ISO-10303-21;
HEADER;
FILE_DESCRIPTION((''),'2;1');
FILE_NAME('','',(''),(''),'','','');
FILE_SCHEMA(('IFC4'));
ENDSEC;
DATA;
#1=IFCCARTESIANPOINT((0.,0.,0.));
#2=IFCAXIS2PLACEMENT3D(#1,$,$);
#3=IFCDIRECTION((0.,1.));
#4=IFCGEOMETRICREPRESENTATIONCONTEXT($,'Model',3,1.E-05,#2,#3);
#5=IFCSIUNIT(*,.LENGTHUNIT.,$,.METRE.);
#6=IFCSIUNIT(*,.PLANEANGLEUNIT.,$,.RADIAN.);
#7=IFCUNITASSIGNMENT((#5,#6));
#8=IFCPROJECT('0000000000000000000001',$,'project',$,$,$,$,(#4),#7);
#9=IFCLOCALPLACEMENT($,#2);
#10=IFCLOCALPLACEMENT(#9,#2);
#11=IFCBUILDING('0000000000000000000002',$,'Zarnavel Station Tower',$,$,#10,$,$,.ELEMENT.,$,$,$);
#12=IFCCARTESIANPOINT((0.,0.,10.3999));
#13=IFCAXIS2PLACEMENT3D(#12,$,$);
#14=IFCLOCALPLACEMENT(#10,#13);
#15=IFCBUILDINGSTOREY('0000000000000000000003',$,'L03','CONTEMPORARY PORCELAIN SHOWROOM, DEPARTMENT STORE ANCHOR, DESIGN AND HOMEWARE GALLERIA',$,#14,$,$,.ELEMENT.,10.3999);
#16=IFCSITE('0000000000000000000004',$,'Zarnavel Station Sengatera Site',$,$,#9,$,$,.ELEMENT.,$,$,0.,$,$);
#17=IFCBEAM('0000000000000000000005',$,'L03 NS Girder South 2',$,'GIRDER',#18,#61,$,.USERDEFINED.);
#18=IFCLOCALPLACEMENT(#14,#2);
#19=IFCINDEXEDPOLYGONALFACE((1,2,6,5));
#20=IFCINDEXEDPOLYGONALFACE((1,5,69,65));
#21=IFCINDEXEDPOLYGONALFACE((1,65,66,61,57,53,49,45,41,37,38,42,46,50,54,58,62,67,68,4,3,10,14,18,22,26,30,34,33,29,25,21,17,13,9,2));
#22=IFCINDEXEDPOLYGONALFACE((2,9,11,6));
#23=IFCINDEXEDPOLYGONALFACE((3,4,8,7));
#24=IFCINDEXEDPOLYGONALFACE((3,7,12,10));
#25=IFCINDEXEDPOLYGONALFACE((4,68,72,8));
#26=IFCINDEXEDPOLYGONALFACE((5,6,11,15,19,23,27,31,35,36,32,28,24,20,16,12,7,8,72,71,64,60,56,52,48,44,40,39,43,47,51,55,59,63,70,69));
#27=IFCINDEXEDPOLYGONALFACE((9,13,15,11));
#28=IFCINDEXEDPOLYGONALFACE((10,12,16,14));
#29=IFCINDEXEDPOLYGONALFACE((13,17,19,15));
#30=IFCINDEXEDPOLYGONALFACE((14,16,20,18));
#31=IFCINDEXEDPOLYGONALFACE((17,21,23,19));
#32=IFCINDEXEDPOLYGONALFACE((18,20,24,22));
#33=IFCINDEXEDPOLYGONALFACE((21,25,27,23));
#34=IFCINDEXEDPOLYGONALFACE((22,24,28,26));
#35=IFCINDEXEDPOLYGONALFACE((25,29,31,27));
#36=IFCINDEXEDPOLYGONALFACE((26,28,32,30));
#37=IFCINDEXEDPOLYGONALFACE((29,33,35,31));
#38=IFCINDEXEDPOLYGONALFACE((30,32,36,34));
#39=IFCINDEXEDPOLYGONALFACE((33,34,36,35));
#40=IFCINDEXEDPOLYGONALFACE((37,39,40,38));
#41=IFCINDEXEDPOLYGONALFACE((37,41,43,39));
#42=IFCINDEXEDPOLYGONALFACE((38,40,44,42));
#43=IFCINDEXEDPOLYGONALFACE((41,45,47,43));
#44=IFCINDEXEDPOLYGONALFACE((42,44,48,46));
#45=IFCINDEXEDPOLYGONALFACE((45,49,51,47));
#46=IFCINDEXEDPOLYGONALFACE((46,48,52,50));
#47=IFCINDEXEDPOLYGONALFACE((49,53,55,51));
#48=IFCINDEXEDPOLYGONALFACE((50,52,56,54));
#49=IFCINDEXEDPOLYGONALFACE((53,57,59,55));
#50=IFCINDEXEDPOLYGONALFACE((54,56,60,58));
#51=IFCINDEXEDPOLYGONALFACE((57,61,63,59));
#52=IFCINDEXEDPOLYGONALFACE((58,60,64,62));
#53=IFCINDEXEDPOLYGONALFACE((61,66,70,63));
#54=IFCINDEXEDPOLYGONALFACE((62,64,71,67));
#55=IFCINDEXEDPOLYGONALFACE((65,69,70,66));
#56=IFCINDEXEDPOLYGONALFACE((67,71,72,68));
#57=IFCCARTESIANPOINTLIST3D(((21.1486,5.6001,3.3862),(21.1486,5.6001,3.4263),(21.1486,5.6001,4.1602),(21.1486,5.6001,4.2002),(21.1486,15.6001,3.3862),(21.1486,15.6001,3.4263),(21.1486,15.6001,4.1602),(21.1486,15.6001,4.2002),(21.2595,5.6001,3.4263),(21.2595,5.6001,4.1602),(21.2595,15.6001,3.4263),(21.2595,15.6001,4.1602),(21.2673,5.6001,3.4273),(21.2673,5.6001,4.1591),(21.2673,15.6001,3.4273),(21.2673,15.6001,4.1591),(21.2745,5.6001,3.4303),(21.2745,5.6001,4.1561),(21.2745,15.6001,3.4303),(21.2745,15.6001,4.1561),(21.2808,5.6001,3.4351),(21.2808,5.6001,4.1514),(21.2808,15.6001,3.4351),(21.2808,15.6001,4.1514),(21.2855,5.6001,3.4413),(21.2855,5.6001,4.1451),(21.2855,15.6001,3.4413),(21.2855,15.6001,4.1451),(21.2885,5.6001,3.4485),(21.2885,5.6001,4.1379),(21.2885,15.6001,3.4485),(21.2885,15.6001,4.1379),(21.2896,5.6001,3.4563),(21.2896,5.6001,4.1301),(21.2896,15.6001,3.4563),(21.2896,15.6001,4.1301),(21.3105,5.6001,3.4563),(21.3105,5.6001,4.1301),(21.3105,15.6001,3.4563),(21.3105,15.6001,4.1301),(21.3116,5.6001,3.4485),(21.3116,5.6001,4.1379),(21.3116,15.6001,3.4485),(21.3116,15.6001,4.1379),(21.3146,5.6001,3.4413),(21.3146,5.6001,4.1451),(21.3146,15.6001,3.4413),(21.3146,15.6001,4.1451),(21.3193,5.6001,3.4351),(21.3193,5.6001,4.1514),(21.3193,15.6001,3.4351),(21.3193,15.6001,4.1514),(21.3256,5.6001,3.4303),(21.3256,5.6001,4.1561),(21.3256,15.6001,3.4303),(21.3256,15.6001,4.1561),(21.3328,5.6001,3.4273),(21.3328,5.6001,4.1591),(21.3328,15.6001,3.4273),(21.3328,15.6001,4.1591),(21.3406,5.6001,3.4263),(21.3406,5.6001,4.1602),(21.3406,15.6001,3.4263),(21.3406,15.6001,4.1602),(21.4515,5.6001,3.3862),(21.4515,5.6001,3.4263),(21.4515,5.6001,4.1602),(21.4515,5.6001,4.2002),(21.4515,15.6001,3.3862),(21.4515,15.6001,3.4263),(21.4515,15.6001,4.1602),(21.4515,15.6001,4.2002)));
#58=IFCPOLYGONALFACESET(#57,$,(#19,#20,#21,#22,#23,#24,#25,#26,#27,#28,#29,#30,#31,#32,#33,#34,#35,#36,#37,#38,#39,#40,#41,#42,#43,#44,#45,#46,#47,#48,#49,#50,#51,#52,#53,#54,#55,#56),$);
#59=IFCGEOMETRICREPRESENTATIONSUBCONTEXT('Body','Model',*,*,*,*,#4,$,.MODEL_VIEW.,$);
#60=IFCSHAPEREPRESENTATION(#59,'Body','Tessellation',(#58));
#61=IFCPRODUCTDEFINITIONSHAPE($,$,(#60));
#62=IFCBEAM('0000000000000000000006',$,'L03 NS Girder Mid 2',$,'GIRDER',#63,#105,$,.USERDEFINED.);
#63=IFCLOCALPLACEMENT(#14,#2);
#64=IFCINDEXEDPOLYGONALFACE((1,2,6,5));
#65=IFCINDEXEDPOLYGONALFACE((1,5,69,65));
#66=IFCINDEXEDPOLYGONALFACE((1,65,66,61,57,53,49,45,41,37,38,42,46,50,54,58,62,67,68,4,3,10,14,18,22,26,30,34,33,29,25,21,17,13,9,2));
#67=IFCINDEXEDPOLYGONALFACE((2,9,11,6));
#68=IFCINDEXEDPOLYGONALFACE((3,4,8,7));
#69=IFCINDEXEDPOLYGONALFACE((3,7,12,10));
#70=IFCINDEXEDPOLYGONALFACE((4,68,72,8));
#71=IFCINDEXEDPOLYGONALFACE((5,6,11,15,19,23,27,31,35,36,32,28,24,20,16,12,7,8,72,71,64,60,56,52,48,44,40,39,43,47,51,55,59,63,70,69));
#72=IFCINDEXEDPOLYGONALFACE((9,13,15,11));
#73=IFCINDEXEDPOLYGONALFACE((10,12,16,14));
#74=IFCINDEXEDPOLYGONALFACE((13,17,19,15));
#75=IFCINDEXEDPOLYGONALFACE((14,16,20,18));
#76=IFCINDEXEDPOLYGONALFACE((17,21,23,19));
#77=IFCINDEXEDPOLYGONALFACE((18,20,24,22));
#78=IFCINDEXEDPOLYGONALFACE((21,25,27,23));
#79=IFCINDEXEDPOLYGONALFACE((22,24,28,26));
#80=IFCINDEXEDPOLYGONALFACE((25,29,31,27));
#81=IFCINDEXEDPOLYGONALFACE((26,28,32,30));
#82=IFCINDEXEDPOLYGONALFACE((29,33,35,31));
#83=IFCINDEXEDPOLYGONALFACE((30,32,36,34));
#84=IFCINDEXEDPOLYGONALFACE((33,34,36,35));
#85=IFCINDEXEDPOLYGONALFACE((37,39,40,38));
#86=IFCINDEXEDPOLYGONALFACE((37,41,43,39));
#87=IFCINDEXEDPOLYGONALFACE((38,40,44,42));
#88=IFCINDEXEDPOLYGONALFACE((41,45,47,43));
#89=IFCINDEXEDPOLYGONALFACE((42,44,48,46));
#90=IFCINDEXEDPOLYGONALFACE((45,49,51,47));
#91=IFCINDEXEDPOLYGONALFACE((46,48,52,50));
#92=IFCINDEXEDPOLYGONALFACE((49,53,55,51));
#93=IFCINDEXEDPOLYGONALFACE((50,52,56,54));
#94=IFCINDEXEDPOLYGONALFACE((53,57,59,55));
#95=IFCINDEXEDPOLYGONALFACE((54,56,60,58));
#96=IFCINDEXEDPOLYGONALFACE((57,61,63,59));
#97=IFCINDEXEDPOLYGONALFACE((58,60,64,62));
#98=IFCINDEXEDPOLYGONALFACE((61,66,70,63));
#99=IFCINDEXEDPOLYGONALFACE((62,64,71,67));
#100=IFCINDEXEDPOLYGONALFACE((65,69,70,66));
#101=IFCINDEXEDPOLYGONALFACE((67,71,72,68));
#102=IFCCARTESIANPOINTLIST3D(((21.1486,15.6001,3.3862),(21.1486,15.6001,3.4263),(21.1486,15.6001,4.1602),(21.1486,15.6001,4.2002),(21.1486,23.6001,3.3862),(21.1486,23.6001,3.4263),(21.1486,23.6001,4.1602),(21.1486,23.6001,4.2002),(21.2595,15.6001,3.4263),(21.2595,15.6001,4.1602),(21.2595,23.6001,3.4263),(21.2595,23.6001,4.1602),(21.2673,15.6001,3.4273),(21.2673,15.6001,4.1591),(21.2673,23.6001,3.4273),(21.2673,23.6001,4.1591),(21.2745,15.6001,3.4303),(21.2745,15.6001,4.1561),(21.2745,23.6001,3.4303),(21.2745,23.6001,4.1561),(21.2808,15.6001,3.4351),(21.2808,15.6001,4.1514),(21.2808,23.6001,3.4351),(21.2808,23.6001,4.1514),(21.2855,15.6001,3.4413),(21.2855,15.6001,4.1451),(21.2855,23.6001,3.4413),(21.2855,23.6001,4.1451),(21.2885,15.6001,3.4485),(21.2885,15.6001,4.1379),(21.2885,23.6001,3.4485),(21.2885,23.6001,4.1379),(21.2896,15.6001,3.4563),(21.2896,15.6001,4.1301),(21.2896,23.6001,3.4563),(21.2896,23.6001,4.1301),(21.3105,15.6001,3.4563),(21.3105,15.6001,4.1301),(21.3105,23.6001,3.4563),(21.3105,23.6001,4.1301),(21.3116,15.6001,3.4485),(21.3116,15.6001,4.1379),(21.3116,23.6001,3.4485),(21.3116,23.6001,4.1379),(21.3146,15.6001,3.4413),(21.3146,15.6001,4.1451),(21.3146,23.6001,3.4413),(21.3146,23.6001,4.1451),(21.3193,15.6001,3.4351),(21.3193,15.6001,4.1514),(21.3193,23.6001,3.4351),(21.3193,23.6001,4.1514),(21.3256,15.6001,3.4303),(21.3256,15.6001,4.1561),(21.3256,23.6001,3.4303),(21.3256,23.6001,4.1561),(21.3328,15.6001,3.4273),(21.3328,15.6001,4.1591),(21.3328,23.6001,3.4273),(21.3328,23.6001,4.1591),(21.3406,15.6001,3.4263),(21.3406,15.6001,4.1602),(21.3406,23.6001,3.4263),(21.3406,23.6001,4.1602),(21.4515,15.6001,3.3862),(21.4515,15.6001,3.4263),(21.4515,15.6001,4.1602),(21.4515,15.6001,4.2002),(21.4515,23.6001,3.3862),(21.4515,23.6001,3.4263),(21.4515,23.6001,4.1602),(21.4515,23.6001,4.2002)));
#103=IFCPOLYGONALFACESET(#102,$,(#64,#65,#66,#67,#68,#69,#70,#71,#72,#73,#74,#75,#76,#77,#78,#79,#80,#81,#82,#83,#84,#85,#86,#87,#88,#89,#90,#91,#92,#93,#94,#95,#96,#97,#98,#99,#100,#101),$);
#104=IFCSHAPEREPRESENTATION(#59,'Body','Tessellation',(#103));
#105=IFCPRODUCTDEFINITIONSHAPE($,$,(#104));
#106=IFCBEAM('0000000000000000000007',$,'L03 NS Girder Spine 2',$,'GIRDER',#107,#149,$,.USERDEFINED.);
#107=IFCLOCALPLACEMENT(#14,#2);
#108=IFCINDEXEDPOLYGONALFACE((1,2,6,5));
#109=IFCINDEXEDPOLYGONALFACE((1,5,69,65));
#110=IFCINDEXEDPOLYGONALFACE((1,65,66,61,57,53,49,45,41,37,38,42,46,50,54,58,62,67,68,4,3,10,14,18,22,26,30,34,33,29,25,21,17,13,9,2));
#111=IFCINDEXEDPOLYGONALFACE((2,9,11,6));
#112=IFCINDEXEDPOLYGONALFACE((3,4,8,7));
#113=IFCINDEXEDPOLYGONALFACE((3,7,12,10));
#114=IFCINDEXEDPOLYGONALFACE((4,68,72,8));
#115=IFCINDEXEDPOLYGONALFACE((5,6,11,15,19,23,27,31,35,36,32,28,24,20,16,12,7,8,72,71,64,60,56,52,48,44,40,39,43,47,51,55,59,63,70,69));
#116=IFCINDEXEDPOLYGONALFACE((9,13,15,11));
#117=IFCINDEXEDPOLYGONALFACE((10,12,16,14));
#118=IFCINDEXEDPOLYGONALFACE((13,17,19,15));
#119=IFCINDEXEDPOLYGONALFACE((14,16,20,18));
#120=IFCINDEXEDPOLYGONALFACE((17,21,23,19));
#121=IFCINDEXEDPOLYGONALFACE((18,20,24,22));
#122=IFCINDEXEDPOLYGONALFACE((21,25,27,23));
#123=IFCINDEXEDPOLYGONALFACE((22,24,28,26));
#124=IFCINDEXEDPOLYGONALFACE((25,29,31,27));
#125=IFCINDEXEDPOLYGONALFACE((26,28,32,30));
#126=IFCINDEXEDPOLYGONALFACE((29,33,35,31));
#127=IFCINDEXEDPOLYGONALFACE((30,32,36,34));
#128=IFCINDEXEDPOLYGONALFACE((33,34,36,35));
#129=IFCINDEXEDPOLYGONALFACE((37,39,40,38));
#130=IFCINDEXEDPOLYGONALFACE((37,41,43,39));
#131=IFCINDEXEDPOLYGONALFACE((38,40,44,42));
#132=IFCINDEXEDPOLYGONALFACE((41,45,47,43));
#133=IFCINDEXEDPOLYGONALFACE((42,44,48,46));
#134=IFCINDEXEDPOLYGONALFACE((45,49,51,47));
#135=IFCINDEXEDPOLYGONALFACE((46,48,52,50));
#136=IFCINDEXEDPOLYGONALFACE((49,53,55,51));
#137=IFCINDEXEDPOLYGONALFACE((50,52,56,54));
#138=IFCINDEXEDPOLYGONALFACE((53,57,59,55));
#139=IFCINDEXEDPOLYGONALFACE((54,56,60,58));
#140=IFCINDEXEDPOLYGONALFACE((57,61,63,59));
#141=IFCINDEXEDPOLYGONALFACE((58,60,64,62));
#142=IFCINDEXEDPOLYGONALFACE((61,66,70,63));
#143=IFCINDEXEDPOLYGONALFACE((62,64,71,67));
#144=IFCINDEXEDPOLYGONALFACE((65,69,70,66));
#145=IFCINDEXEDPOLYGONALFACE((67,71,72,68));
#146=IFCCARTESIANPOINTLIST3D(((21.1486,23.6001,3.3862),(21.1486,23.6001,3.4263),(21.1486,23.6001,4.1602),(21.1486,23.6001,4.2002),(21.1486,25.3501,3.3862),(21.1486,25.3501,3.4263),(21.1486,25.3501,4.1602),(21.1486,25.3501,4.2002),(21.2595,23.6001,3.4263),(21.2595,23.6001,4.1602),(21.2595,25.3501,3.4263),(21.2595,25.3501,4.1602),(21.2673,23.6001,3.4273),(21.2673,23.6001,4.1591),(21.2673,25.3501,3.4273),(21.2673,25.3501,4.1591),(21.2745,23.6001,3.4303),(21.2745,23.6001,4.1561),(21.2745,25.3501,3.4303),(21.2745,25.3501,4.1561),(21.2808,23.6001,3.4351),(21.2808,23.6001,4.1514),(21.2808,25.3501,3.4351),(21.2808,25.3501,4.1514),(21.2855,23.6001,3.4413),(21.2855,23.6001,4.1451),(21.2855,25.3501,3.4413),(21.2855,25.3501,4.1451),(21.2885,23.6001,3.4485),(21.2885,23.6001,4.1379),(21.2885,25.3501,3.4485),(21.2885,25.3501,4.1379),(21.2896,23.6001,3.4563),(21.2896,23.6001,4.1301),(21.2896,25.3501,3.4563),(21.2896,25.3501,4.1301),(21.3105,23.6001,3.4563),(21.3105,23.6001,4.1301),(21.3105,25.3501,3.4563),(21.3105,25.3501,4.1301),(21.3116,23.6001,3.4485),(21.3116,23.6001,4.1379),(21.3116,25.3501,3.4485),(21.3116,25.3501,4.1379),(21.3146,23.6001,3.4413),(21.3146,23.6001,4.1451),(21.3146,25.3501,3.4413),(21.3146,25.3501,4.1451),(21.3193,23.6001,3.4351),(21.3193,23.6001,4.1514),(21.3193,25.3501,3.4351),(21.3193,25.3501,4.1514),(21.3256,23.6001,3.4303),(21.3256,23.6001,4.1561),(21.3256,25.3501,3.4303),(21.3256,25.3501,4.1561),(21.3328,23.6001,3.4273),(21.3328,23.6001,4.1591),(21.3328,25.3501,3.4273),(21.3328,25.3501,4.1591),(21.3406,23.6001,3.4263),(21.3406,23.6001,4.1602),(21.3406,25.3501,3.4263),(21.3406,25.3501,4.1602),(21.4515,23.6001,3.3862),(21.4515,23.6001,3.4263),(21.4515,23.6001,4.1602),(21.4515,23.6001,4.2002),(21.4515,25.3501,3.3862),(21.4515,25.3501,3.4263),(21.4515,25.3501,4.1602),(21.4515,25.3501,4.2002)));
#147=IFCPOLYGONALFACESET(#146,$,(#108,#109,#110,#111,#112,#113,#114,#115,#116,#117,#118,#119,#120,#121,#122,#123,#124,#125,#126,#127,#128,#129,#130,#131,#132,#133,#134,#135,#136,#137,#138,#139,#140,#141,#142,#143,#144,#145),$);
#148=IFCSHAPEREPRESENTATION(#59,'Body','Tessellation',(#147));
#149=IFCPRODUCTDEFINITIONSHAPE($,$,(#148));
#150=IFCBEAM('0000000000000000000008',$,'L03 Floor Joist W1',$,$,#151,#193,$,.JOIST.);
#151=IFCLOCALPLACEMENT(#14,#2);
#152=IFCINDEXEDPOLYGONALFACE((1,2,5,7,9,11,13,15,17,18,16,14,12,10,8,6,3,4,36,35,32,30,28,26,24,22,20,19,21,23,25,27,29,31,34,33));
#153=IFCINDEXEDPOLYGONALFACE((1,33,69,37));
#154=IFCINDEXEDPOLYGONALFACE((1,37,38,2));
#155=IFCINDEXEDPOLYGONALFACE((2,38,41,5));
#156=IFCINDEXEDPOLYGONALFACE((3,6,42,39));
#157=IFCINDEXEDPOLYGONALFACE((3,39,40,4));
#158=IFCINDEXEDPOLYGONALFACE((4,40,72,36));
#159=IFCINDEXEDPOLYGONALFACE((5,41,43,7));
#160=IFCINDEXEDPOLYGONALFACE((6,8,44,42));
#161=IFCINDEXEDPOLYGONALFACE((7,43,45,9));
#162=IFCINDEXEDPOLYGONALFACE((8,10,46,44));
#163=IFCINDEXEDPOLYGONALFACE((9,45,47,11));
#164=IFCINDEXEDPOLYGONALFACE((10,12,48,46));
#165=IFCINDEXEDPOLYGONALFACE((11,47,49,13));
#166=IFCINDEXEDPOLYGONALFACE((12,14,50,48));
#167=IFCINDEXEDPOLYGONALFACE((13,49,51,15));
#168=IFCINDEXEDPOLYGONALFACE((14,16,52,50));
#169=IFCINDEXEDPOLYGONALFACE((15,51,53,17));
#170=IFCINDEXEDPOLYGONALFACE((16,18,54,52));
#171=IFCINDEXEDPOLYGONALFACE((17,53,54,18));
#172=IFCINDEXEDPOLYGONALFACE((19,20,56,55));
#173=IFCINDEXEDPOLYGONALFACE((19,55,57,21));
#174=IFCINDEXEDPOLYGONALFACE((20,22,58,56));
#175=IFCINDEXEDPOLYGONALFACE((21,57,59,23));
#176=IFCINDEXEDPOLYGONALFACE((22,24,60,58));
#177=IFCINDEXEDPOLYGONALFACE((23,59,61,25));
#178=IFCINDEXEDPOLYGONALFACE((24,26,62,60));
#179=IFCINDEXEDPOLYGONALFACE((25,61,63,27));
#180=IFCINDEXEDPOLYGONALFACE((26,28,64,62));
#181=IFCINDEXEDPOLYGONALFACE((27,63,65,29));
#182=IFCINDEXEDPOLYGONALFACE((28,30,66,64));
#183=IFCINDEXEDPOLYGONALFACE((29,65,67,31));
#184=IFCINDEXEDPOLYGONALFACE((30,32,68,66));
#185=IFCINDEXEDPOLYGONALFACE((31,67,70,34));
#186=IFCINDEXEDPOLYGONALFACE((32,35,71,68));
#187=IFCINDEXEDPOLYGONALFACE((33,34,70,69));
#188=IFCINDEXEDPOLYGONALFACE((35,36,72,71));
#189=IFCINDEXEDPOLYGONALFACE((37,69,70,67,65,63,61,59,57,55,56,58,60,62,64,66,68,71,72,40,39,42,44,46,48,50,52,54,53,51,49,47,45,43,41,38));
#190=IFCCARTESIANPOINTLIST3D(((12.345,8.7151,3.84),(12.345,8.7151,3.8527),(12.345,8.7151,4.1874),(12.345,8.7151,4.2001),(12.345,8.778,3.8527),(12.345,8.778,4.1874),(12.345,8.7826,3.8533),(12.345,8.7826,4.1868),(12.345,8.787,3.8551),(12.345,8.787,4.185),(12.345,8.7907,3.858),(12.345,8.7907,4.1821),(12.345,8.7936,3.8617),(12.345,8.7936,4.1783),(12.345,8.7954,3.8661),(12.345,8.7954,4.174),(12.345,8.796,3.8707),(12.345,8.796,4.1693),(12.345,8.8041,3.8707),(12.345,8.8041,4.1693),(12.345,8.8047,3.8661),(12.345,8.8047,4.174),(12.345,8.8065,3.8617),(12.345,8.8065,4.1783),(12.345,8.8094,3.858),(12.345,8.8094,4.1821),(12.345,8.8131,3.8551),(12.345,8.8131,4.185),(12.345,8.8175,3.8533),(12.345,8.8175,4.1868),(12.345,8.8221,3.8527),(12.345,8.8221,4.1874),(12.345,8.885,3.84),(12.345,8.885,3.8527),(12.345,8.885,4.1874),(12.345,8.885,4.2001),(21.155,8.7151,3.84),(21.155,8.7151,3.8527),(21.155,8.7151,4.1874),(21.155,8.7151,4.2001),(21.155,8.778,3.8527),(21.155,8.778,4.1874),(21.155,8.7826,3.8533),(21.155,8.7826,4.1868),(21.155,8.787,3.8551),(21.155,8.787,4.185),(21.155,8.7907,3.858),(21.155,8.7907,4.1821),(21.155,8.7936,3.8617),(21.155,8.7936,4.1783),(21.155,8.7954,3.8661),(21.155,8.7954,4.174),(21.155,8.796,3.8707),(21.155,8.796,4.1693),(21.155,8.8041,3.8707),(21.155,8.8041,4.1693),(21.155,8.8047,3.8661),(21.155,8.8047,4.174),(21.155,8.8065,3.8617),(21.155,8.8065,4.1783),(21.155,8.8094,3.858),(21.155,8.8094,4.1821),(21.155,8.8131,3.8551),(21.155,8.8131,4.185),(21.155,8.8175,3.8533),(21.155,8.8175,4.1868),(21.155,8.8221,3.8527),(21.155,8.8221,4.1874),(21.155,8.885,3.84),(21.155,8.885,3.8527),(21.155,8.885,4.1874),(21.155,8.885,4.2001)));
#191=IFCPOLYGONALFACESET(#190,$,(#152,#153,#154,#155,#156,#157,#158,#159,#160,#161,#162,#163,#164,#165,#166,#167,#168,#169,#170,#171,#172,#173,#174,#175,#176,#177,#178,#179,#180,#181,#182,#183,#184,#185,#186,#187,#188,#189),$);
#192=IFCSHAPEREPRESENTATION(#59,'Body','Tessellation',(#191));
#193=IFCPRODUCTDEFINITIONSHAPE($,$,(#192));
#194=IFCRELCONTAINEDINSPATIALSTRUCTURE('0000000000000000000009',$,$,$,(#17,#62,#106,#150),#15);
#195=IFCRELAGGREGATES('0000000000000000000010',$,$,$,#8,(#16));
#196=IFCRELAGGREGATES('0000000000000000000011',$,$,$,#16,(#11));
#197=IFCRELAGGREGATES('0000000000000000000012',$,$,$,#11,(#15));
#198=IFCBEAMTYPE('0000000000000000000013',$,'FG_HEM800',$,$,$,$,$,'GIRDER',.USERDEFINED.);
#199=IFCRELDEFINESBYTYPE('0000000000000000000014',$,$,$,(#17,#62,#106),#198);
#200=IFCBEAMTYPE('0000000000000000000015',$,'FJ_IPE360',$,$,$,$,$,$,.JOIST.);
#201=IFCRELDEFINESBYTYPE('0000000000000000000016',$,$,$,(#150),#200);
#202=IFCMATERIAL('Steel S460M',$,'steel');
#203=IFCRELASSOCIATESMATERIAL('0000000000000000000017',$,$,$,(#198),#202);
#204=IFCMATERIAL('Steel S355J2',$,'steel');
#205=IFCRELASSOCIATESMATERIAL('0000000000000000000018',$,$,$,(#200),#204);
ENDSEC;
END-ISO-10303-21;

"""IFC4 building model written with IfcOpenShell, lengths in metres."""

from ifc_helpers import new_model, si_unit, direction, frame, origin, origin_2d, place, context, subcontext, project, spatial, i_section, extrude, material, material_profile, profile_set, type_object, element, save


model = new_model("IFC4")

# Units and contexts
model_context = context("Model", 3, precision=1e-05, world=origin(), true_north=direction((0.0, 1.0)))
body_context = subcontext(model_context, "Body", "Model", "MODEL_VIEW")
ifc_project = project(units=[si_unit("LENGTHUNIT", "METRE"), si_unit("PLANEANGLEUNIT", "RADIAN")], contexts=[model_context])

# Site, building, storey
site_placement = place(None, origin())
site = spatial("IfcSite", under=ifc_project, at=site_placement, Name="Zarnavel Station Sengatera Site", CompositionType="ELEMENT", RefElevation=0.0)
building_placement = place(site_placement, origin())
building = spatial("IfcBuilding", under=site, at=building_placement, Name="Zarnavel Station Tower", CompositionType="ELEMENT")
storey_placement = place(building_placement, frame((0.0, 0.0, 10.3999)))
storey = spatial("IfcBuildingStorey", under=building, at=storey_placement, Name="L03", Description="CONTEMPORARY PORCELAIN SHOWROOM, DEPARTMENT STORE ANCHOR, DESIGN AND HOMEWARE GALLERIA", CompositionType="ELEMENT", Elevation=10.3999)

# Beams
ifc_material_1 = material(Name="Steel S460M", Category="steel")
ifc_material_profile_1 = material_profile(ifc_material_1, i_section(OverallWidth=0.303, OverallDepth=0.814, WebThickness=0.021, FlangeThickness=0.04, FilletRadius=0.03, at=origin_2d()), Name="HEM800")
ifc_profile_set_1 = profile_set([ifc_material_profile_1], Name="Steel S460M")
beam_type_1 = type_object("IfcBeamType", Name="FG_HEM800", ElementType="GIRDER", PredefinedType="USERDEFINED", material=ifc_profile_set_1)
beam_1_placement = place(storey_placement, frame((21.3, 5.6001, 3.7932), z_axis=(0.0, 1.0, 0.0), x_axis=(-1.0, 0.0, 0.0)))
element("IfcBeam", 1, at=beam_1_placement, inside=storey, type_object=beam_type_1, Name="L03 NS Girder South 2", ObjectType="GIRDER", PredefinedType="USERDEFINED", context=body_context, shape_type="SweptSolid", body=[
    extrude(i_section(OverallWidth=0.303, OverallDepth=0.814, WebThickness=0.021, FlangeThickness=0.04, FilletRadius=0.03, at=origin_2d()), origin(), (0.0, 0.0, 1.0), 10.0),
])
beam_2_placement = place(storey_placement, frame((21.3, 15.6001, 3.7932), z_axis=(0.0, 1.0, 0.0), x_axis=(-1.0, 0.0, 0.0)))
element("IfcBeam", 2, at=beam_2_placement, inside=storey, type_object=beam_type_1, Name="L03 NS Girder Mid 2", ObjectType="GIRDER", PredefinedType="USERDEFINED", context=body_context, shape_type="SweptSolid", body=[
    extrude(i_section(OverallWidth=0.303, OverallDepth=0.814, WebThickness=0.021, FlangeThickness=0.04, FilletRadius=0.03, at=origin_2d()), origin(), (0.0, 0.0, 1.0), 8.0),
])
beam_3_placement = place(storey_placement, frame((21.3, 23.6001, 3.7932), z_axis=(0.0, 1.0, 0.0), x_axis=(-1.0, 0.0, 0.0)))
element("IfcBeam", 3, at=beam_3_placement, inside=storey, type_object=beam_type_1, Name="L03 NS Girder Spine 2", ObjectType="GIRDER", PredefinedType="USERDEFINED", context=body_context, shape_type="SweptSolid", body=[
    extrude(i_section(OverallWidth=0.303, OverallDepth=0.814, WebThickness=0.021, FlangeThickness=0.04, FilletRadius=0.03, at=origin_2d()), origin(), (0.0, 0.0, 1.0), 1.75),
])
ifc_material_2 = material(Name="Steel S355J2", Category="steel")
ifc_material_profile_2 = material_profile(ifc_material_2, i_section(OverallWidth=0.1699, OverallDepth=0.3601, WebThickness=0.0081, FlangeThickness=0.0127, FilletRadius=0.0181, at=origin_2d()), Name="IPE360")
ifc_profile_set_2 = profile_set([ifc_material_profile_2], Name="Steel S355J2")
beam_type_2 = type_object("IfcBeamType", Name="FJ_IPE360", PredefinedType="JOIST", material=ifc_profile_set_2)
beam_4_placement = place(storey_placement, frame((12.345, 8.8, 4.02), z_axis=(1.0, 0.0, 0.0), x_axis=(0.0, 1.0, 0.0)))
element("IfcBeam", 4, at=beam_4_placement, inside=storey, type_object=beam_type_2, Name="L03 Floor Joist W1", PredefinedType="JOIST", context=body_context, shape_type="SweptSolid", body=[
    extrude(i_section(OverallWidth=0.1699, OverallDepth=0.3601, WebThickness=0.0081, FlangeThickness=0.0127, FilletRadius=0.0181, at=origin_2d()), origin(), (0.0, 0.0, 1.0), 8.8101),
])

save(model, "model.ifc")
